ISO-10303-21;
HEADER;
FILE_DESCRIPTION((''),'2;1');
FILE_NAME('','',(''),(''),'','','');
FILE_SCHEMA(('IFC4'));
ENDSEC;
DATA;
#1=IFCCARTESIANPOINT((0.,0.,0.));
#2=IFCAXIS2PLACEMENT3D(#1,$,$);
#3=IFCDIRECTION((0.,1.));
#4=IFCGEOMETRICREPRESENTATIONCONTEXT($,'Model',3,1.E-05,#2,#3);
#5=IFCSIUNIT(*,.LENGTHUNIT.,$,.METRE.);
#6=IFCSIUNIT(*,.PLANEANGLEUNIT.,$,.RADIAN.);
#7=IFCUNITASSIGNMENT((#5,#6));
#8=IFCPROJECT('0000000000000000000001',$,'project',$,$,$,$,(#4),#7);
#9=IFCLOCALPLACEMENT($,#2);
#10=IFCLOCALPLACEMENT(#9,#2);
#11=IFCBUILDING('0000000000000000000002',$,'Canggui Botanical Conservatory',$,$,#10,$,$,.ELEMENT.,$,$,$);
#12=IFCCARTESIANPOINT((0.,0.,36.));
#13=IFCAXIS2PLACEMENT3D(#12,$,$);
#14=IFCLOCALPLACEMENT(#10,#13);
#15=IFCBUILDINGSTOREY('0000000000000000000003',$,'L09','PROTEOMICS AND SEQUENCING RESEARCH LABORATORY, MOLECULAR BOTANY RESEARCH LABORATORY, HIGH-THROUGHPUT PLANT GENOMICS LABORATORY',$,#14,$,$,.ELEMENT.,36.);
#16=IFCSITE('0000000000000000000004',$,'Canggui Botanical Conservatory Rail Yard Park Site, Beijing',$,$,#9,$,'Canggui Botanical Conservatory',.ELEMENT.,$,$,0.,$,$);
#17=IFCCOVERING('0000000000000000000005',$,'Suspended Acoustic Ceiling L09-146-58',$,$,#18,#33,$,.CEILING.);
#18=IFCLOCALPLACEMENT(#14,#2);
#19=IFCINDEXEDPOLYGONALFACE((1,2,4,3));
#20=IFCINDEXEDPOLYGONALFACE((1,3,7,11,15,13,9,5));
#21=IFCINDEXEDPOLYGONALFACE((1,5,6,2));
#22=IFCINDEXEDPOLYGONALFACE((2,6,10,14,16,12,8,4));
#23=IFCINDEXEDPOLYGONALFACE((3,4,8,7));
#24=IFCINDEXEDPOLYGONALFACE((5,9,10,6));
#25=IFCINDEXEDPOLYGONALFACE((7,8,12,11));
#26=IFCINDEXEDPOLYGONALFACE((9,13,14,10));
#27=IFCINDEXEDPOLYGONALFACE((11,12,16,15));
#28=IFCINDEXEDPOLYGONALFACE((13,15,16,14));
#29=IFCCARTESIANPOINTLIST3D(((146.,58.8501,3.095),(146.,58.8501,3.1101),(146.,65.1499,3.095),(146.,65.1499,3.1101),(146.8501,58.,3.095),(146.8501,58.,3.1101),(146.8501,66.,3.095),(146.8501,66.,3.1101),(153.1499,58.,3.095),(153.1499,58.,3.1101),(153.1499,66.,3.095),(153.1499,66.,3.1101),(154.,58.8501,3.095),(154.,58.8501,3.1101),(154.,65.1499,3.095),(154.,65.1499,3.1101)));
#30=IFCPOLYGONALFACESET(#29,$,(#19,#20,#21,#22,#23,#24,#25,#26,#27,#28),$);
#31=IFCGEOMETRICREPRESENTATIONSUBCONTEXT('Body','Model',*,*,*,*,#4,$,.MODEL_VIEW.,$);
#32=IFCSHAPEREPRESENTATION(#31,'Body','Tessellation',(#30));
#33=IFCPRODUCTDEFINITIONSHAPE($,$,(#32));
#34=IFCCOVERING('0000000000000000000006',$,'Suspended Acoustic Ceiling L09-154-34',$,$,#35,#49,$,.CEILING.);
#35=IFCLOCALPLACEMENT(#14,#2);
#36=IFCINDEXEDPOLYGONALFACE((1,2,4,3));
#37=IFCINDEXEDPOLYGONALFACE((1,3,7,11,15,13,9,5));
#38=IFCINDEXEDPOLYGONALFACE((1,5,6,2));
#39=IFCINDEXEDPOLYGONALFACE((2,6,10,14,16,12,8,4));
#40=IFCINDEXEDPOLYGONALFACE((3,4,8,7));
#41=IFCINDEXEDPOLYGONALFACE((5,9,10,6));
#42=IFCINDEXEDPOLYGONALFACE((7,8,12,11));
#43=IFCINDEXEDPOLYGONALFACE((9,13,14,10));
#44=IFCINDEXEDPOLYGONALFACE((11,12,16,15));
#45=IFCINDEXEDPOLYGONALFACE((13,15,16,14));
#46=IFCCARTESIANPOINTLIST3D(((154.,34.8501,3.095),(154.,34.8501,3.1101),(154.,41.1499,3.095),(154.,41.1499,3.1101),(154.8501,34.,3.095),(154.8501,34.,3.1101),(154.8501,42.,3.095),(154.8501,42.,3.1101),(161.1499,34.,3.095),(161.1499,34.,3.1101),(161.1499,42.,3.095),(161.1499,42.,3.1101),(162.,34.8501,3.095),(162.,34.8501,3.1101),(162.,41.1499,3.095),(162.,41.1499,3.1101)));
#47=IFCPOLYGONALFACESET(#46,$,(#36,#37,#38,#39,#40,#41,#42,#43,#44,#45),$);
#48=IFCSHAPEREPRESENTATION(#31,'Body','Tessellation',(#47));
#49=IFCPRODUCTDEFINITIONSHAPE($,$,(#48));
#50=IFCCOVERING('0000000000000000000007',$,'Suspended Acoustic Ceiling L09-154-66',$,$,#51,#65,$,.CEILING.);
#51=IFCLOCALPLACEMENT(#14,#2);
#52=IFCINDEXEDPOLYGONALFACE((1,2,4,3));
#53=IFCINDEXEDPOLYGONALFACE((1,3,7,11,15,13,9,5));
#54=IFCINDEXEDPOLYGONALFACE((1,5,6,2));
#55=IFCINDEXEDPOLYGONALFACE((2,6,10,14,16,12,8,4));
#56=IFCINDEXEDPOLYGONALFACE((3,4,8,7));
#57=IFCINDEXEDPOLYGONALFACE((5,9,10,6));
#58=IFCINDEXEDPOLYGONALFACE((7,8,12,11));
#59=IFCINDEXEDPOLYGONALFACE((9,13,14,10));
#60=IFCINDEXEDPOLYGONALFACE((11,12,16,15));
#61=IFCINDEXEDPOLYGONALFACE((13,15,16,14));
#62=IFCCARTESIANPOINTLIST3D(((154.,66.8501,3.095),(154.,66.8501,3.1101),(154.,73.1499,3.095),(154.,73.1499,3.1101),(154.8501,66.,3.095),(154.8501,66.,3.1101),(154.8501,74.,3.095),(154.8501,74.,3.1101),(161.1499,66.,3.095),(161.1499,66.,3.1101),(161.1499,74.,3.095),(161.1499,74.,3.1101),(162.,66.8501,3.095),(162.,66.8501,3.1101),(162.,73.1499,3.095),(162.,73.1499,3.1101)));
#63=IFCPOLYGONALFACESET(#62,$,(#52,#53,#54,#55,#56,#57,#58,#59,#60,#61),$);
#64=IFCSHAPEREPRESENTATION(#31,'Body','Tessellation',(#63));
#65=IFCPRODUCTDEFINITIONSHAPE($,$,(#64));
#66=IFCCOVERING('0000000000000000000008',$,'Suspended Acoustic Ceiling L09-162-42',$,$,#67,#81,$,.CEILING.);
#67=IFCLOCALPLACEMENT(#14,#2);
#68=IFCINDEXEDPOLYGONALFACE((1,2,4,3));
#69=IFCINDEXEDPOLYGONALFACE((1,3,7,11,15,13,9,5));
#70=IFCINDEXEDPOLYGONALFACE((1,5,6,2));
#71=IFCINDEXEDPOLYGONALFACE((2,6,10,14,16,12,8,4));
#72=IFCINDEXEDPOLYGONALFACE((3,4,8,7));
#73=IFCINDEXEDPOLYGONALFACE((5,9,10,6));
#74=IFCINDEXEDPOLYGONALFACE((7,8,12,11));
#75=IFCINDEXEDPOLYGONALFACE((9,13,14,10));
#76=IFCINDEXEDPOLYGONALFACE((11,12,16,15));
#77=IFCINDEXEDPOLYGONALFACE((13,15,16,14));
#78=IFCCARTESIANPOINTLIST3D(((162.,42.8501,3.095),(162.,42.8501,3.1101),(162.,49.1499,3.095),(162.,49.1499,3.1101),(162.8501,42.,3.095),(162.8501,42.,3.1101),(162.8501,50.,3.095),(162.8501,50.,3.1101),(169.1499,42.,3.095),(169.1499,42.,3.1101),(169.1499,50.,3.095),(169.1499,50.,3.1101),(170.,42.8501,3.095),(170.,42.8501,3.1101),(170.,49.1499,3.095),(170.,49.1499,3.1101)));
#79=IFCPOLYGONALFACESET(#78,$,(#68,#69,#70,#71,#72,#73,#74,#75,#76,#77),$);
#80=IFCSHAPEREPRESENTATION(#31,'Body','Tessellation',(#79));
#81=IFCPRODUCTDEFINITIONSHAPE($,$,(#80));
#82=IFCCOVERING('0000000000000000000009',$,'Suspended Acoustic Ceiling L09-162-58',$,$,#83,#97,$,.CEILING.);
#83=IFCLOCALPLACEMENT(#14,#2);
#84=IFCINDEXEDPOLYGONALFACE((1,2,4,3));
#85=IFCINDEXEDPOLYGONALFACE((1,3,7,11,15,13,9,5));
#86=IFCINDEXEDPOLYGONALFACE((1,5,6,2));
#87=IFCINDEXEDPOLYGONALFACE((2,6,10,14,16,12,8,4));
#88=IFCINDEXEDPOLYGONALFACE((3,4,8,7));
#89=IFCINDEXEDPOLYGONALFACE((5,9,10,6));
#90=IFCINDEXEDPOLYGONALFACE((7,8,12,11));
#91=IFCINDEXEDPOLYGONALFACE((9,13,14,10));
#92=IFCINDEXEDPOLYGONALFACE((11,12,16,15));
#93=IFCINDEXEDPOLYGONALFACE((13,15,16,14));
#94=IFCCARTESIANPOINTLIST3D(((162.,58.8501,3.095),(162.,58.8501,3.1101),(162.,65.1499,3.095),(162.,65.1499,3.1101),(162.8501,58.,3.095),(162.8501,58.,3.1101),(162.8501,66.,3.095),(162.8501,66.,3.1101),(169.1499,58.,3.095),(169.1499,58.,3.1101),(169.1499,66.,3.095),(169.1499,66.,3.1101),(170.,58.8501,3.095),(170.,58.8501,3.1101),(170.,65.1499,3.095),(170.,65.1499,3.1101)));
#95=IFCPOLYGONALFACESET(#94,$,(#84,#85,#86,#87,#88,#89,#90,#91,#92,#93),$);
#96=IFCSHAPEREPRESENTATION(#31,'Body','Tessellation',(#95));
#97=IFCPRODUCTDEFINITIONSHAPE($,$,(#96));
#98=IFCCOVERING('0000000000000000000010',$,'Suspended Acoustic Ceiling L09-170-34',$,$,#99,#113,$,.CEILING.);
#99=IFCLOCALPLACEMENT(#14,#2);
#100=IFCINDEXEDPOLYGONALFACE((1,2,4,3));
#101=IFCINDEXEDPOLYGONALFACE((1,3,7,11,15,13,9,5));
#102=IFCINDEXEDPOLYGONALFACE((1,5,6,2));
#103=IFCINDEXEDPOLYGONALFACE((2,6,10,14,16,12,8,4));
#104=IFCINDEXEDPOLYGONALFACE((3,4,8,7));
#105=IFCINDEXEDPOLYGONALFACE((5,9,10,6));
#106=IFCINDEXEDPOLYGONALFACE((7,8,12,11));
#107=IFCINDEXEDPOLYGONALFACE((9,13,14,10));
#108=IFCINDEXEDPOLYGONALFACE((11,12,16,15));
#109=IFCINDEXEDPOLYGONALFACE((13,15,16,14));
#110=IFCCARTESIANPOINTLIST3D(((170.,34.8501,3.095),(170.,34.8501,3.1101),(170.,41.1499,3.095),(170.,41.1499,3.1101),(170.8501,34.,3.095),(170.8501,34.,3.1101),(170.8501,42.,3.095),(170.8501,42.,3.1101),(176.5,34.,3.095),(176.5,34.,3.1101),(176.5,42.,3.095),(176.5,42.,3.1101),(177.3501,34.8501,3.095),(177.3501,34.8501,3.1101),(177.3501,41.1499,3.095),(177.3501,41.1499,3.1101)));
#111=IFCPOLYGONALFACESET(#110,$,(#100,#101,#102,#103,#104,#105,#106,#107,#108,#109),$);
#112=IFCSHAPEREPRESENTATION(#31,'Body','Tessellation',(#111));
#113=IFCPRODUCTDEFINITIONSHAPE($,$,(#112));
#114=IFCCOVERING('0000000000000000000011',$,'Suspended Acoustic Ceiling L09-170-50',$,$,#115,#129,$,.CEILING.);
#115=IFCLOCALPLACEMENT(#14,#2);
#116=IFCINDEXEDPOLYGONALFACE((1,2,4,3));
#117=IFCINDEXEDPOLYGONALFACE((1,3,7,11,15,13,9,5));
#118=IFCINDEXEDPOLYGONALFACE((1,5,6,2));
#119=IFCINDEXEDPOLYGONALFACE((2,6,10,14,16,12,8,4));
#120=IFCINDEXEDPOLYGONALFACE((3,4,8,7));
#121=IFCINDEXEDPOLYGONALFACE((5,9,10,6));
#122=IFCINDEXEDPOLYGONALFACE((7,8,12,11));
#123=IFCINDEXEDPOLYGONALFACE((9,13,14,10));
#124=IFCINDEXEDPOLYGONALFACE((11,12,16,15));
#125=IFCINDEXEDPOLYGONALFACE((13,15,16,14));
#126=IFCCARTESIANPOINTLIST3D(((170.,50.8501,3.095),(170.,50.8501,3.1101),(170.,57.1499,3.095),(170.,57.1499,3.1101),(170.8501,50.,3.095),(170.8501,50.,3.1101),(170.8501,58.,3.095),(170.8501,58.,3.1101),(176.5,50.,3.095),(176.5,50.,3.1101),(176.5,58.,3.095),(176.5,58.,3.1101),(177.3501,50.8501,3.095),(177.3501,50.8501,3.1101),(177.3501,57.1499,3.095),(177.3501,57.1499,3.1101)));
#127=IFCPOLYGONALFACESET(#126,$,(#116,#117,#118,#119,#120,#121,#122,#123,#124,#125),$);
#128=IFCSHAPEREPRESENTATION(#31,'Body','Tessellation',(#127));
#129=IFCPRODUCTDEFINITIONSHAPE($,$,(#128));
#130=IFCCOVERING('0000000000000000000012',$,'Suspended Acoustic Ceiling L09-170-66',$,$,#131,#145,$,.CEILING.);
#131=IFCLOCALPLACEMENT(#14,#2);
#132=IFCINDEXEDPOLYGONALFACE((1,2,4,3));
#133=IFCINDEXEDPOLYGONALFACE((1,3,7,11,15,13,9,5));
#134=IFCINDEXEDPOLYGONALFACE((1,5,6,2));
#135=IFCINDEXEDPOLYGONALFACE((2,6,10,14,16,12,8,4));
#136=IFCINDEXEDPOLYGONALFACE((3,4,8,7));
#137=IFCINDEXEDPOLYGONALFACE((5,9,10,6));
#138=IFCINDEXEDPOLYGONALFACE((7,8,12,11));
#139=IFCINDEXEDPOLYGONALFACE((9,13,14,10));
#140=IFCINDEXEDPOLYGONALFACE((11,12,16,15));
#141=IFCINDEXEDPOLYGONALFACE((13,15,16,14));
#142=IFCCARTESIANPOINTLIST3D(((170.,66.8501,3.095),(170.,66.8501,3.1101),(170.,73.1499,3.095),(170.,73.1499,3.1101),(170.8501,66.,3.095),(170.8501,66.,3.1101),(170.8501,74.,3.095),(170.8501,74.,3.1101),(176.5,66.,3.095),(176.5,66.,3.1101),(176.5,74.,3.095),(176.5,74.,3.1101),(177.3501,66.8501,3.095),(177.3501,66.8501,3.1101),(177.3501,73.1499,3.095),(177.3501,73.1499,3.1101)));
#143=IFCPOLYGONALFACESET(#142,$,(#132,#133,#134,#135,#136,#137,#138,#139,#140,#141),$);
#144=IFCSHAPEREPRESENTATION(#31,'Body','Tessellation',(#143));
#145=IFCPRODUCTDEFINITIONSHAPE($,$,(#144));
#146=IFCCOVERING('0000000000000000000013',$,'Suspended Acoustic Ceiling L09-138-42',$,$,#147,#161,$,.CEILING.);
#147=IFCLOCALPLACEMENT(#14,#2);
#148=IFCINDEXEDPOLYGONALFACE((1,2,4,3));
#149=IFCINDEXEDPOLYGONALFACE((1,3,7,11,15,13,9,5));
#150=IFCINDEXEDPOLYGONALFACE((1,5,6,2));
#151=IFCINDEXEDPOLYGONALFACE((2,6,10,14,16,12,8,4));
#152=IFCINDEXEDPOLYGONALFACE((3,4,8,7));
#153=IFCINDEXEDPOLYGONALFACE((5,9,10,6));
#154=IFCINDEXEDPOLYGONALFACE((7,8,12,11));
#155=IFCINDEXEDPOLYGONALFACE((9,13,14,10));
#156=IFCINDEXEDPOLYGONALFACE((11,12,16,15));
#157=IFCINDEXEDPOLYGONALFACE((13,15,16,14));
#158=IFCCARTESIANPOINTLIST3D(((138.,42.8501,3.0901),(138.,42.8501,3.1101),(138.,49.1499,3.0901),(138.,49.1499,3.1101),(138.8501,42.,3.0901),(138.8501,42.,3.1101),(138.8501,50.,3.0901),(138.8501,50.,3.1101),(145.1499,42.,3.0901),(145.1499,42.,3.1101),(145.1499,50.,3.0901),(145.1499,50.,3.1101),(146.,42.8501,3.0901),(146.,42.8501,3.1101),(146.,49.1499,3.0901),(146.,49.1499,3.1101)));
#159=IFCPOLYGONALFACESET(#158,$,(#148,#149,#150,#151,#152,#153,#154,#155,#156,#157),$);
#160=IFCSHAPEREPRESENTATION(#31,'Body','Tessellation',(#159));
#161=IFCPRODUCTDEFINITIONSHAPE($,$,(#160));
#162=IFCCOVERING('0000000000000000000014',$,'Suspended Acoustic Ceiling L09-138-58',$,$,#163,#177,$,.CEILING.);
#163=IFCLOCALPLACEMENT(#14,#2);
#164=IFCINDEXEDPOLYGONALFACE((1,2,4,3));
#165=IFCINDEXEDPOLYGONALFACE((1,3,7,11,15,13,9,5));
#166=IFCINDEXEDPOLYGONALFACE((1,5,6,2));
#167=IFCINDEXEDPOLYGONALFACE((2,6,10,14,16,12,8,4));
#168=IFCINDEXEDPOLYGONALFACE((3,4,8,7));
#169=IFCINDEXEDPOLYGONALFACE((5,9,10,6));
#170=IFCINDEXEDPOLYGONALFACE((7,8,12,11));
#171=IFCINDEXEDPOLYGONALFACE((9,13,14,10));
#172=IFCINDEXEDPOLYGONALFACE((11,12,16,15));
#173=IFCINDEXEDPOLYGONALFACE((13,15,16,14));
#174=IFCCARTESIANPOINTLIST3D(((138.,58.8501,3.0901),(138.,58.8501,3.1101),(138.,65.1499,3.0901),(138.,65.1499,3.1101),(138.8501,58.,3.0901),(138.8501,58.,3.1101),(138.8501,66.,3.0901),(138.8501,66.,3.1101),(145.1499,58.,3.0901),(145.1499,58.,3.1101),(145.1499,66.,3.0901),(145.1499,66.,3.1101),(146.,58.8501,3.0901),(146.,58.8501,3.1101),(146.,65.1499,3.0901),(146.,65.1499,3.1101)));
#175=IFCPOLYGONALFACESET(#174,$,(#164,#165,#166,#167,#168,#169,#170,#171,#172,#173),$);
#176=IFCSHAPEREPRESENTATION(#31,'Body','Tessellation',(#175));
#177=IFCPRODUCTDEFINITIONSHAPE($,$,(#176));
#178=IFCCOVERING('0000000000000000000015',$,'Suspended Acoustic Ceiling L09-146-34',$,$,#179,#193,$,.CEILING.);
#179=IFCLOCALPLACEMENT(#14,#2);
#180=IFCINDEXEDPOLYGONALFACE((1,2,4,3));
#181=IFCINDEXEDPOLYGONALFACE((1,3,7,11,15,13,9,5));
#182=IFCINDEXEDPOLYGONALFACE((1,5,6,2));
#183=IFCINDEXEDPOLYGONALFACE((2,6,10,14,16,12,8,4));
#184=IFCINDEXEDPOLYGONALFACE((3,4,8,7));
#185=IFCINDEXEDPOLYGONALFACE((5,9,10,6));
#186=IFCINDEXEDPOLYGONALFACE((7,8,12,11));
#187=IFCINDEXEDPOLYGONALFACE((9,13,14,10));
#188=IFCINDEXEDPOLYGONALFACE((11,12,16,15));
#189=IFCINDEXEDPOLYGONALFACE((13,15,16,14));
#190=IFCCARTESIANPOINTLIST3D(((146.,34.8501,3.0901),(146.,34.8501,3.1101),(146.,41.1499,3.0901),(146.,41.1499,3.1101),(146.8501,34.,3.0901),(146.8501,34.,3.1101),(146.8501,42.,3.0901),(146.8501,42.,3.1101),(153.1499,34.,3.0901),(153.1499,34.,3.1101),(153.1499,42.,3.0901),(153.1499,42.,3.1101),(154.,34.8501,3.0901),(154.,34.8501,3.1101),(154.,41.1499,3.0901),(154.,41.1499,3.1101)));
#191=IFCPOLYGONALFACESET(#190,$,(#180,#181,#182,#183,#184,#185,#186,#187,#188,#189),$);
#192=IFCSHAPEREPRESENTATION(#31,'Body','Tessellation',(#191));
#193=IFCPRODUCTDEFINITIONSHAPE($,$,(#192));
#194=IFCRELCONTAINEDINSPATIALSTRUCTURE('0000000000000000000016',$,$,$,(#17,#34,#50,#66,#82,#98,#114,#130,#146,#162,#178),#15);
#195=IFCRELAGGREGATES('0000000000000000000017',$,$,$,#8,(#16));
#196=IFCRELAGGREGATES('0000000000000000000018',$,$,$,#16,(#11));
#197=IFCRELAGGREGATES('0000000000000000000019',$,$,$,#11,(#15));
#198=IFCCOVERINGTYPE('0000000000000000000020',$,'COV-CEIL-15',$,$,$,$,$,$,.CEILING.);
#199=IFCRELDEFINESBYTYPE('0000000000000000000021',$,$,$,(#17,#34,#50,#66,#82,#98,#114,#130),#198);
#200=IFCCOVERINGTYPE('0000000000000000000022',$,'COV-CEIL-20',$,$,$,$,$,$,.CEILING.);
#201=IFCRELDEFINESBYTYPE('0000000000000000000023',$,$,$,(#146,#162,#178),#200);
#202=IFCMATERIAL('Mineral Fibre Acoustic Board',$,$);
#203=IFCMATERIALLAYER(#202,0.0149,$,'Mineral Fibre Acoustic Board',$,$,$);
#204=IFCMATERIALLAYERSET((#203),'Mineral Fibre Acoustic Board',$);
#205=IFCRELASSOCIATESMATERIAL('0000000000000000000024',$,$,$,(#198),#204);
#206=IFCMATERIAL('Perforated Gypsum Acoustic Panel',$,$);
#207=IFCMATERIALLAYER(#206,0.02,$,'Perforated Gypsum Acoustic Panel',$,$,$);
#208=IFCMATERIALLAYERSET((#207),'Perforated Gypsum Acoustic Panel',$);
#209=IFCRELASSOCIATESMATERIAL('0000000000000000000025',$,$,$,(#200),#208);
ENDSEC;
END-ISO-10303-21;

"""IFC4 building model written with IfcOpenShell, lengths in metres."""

from ifc_helpers import new_model, si_unit, direction, frame, origin, place, context, subcontext, project, spatial, polyline, outline, extrude, material, layer, layer_set, type_object, element, save


model = new_model("IFC4")

# Units and contexts
model_context = context("Model", 3, precision=1e-05, world=origin(), true_north=direction((0.0, 1.0)))
body_context = subcontext(model_context, "Body", "Model", "MODEL_VIEW")
ifc_project = project(units=[si_unit("LENGTHUNIT", "METRE"), si_unit("PLANEANGLEUNIT", "RADIAN")], contexts=[model_context])

# Site, building, storey
site_placement = place(None, origin())
site = spatial("IfcSite", under=ifc_project, at=site_placement, Name="Canggui Botanical Conservatory Rail Yard Park Site, Beijing", LongName="Canggui Botanical Conservatory", CompositionType="ELEMENT", RefElevation=0.0)
building_placement = place(site_placement, origin())
building = spatial("IfcBuilding", under=site, at=building_placement, Name="Canggui Botanical Conservatory", CompositionType="ELEMENT")
storey_placement = place(building_placement, frame((0.0, 0.0, 36.0)))
storey = spatial("IfcBuildingStorey", under=building, at=storey_placement, Name="L09", Description="PROTEOMICS AND SEQUENCING RESEARCH LABORATORY, MOLECULAR BOTANY RESEARCH LABORATORY, HIGH-THROUGHPUT PLANT GENOMICS LABORATORY", CompositionType="ELEMENT", Elevation=36.0)

# Coverings
ifc_material_1 = material(Name="Mineral Fibre Acoustic Board")
ifc_layer_1 = layer(ifc_material_1, 0.0149, Name="Mineral Fibre Acoustic Board")
ifc_layer_set_1 = layer_set([ifc_layer_1], Name="Mineral Fibre Acoustic Board")
covering_type_1 = type_object("IfcCoveringType", Name="COV-CEIL-15", PredefinedType="CEILING", material=ifc_layer_set_1)
covering_1_placement = place(storey_placement, frame((0.0, 0.0, 3.095)))
element("IfcCovering", 1, at=covering_1_placement, inside=storey, type_object=covering_type_1, Name="Suspended Acoustic Ceiling L09-146-58", PredefinedType="CEILING", context=body_context, shape_type="SweptSolid", body=[
    extrude(outline(polyline([(146.8501, 58.0), (153.1499, 58.0), (154.0, 58.8501), (154.0, 65.1499), (153.1499, 66.0), (146.8501, 66.0), (146.0, 65.1499), (146.0, 58.8501), (146.8501, 58.0)])), origin(), (0.0, 0.0, 1.0), 0.0151),
])
covering_2_placement = place(storey_placement, frame((0.0, 0.0, 3.095)))
element("IfcCovering", 2, at=covering_2_placement, inside=storey, type_object=covering_type_1, Name="Suspended Acoustic Ceiling L09-154-34", PredefinedType="CEILING", context=body_context, shape_type="SweptSolid", body=[
    extrude(outline(polyline([(154.8501, 34.0), (161.1499, 34.0), (162.0, 34.8501), (162.0, 41.1499), (161.1499, 42.0), (154.8501, 42.0), (154.0, 41.1499), (154.0, 34.8501), (154.8501, 34.0)])), origin(), (0.0, 0.0, 1.0), 0.0151),
])
covering_3_placement = place(storey_placement, frame((0.0, 0.0, 3.095)))
element("IfcCovering", 3, at=covering_3_placement, inside=storey, type_object=covering_type_1, Name="Suspended Acoustic Ceiling L09-154-66", PredefinedType="CEILING", context=body_context, shape_type="SweptSolid", body=[
    extrude(outline(polyline([(154.8501, 66.0), (161.1499, 66.0), (162.0, 66.8501), (162.0, 73.1499), (161.1499, 74.0), (154.8501, 74.0), (154.0, 73.1499), (154.0, 66.8501), (154.8501, 66.0)])), origin(), (0.0, 0.0, 1.0), 0.0151),
])
covering_4_placement = place(storey_placement, frame((0.0, 0.0, 3.095)))
element("IfcCovering", 4, at=covering_4_placement, inside=storey, type_object=covering_type_1, Name="Suspended Acoustic Ceiling L09-162-42", PredefinedType="CEILING", context=body_context, shape_type="SweptSolid", body=[
    extrude(outline(polyline([(162.8501, 42.0), (169.1499, 42.0), (170.0, 42.8501), (170.0, 49.1499), (169.1499, 50.0), (162.8501, 50.0), (162.0, 49.1499), (162.0, 42.8501), (162.8501, 42.0)])), origin(), (0.0, 0.0, 1.0), 0.0151),
])
covering_5_placement = place(storey_placement, frame((0.0, 0.0, 3.095)))
element("IfcCovering", 5, at=covering_5_placement, inside=storey, type_object=covering_type_1, Name="Suspended Acoustic Ceiling L09-162-58", PredefinedType="CEILING", context=body_context, shape_type="SweptSolid", body=[
    extrude(outline(polyline([(162.8501, 58.0), (169.1499, 58.0), (170.0, 58.8501), (170.0, 65.1499), (169.1499, 66.0), (162.8501, 66.0), (162.0, 65.1499), (162.0, 58.8501), (162.8501, 58.0)])), origin(), (0.0, 0.0, 1.0), 0.0151),
])
covering_6_placement = place(storey_placement, frame((0.0, 0.0, 3.095)))
element("IfcCovering", 6, at=covering_6_placement, inside=storey, type_object=covering_type_1, Name="Suspended Acoustic Ceiling L09-170-34", PredefinedType="CEILING", context=body_context, shape_type="SweptSolid", body=[
    extrude(outline(polyline([(170.8501, 34.0), (176.5, 34.0), (177.3501, 34.8501), (177.3501, 41.1499), (176.5, 42.0), (170.8501, 42.0), (170.0, 41.1499), (170.0, 34.8501), (170.8501, 34.0)])), origin(), (0.0, 0.0, 1.0), 0.0151),
])
covering_7_placement = place(storey_placement, frame((0.0, 0.0, 3.095)))
element("IfcCovering", 7, at=covering_7_placement, inside=storey, type_object=covering_type_1, Name="Suspended Acoustic Ceiling L09-170-50", PredefinedType="CEILING", context=body_context, shape_type="SweptSolid", body=[
    extrude(outline(polyline([(170.8501, 50.0), (176.5, 50.0), (177.3501, 50.8501), (177.3501, 57.1499), (176.5, 58.0), (170.8501, 58.0), (170.0, 57.1499), (170.0, 50.8501), (170.8501, 50.0)])), origin(), (0.0, 0.0, 1.0), 0.0151),
])
covering_8_placement = place(storey_placement, frame((0.0, 0.0, 3.095)))
element("IfcCovering", 8, at=covering_8_placement, inside=storey, type_object=covering_type_1, Name="Suspended Acoustic Ceiling L09-170-66", PredefinedType="CEILING", context=body_context, shape_type="SweptSolid", body=[
    extrude(outline(polyline([(170.8501, 66.0), (176.5, 66.0), (177.3501, 66.8501), (177.3501, 73.1499), (176.5, 74.0), (170.8501, 74.0), (170.0, 73.1499), (170.0, 66.8501), (170.8501, 66.0)])), origin(), (0.0, 0.0, 1.0), 0.0151),
])
ifc_material_2 = material(Name="Perforated Gypsum Acoustic Panel")
ifc_layer_2 = layer(ifc_material_2, 0.02, Name="Perforated Gypsum Acoustic Panel")
ifc_layer_set_2 = layer_set([ifc_layer_2], Name="Perforated Gypsum Acoustic Panel")
covering_type_2 = type_object("IfcCoveringType", Name="COV-CEIL-20", PredefinedType="CEILING", material=ifc_layer_set_2)
covering_9_placement = place(storey_placement, frame((0.0, 0.0, 3.0901)))
element("IfcCovering", 9, at=covering_9_placement, inside=storey, type_object=covering_type_2, Name="Suspended Acoustic Ceiling L09-138-42", PredefinedType="CEILING", context=body_context, shape_type="SweptSolid", body=[
    extrude(outline(polyline([(138.8501, 42.0), (145.1499, 42.0), (146.0, 42.8501), (146.0, 49.1499), (145.1499, 50.0), (138.8501, 50.0), (138.0, 49.1499), (138.0, 42.8501), (138.8501, 42.0)])), origin(), (0.0, 0.0, 1.0), 0.02),
])
covering_10_placement = place(storey_placement, frame((0.0, 0.0, 3.0901)))
element("IfcCovering", 10, at=covering_10_placement, inside=storey, type_object=covering_type_2, Name="Suspended Acoustic Ceiling L09-138-58", PredefinedType="CEILING", context=body_context, shape_type="SweptSolid", body=[
    extrude(outline(polyline([(138.8501, 58.0), (145.1499, 58.0), (146.0, 58.8501), (146.0, 65.1499), (145.1499, 66.0), (138.8501, 66.0), (138.0, 65.1499), (138.0, 58.8501), (138.8501, 58.0)])), origin(), (0.0, 0.0, 1.0), 0.02),
])
covering_11_placement = place(storey_placement, frame((0.0, 0.0, 3.0901)))
element("IfcCovering", 11, at=covering_11_placement, inside=storey, type_object=covering_type_2, Name="Suspended Acoustic Ceiling L09-146-34", PredefinedType="CEILING", context=body_context, shape_type="SweptSolid", body=[
    extrude(outline(polyline([(146.8501, 34.0), (153.1499, 34.0), (154.0, 34.8501), (154.0, 41.1499), (153.1499, 42.0), (146.8501, 42.0), (146.0, 41.1499), (146.0, 34.8501), (146.8501, 34.0)])), origin(), (0.0, 0.0, 1.0), 0.02),
])

save(model, "model.ifc")
